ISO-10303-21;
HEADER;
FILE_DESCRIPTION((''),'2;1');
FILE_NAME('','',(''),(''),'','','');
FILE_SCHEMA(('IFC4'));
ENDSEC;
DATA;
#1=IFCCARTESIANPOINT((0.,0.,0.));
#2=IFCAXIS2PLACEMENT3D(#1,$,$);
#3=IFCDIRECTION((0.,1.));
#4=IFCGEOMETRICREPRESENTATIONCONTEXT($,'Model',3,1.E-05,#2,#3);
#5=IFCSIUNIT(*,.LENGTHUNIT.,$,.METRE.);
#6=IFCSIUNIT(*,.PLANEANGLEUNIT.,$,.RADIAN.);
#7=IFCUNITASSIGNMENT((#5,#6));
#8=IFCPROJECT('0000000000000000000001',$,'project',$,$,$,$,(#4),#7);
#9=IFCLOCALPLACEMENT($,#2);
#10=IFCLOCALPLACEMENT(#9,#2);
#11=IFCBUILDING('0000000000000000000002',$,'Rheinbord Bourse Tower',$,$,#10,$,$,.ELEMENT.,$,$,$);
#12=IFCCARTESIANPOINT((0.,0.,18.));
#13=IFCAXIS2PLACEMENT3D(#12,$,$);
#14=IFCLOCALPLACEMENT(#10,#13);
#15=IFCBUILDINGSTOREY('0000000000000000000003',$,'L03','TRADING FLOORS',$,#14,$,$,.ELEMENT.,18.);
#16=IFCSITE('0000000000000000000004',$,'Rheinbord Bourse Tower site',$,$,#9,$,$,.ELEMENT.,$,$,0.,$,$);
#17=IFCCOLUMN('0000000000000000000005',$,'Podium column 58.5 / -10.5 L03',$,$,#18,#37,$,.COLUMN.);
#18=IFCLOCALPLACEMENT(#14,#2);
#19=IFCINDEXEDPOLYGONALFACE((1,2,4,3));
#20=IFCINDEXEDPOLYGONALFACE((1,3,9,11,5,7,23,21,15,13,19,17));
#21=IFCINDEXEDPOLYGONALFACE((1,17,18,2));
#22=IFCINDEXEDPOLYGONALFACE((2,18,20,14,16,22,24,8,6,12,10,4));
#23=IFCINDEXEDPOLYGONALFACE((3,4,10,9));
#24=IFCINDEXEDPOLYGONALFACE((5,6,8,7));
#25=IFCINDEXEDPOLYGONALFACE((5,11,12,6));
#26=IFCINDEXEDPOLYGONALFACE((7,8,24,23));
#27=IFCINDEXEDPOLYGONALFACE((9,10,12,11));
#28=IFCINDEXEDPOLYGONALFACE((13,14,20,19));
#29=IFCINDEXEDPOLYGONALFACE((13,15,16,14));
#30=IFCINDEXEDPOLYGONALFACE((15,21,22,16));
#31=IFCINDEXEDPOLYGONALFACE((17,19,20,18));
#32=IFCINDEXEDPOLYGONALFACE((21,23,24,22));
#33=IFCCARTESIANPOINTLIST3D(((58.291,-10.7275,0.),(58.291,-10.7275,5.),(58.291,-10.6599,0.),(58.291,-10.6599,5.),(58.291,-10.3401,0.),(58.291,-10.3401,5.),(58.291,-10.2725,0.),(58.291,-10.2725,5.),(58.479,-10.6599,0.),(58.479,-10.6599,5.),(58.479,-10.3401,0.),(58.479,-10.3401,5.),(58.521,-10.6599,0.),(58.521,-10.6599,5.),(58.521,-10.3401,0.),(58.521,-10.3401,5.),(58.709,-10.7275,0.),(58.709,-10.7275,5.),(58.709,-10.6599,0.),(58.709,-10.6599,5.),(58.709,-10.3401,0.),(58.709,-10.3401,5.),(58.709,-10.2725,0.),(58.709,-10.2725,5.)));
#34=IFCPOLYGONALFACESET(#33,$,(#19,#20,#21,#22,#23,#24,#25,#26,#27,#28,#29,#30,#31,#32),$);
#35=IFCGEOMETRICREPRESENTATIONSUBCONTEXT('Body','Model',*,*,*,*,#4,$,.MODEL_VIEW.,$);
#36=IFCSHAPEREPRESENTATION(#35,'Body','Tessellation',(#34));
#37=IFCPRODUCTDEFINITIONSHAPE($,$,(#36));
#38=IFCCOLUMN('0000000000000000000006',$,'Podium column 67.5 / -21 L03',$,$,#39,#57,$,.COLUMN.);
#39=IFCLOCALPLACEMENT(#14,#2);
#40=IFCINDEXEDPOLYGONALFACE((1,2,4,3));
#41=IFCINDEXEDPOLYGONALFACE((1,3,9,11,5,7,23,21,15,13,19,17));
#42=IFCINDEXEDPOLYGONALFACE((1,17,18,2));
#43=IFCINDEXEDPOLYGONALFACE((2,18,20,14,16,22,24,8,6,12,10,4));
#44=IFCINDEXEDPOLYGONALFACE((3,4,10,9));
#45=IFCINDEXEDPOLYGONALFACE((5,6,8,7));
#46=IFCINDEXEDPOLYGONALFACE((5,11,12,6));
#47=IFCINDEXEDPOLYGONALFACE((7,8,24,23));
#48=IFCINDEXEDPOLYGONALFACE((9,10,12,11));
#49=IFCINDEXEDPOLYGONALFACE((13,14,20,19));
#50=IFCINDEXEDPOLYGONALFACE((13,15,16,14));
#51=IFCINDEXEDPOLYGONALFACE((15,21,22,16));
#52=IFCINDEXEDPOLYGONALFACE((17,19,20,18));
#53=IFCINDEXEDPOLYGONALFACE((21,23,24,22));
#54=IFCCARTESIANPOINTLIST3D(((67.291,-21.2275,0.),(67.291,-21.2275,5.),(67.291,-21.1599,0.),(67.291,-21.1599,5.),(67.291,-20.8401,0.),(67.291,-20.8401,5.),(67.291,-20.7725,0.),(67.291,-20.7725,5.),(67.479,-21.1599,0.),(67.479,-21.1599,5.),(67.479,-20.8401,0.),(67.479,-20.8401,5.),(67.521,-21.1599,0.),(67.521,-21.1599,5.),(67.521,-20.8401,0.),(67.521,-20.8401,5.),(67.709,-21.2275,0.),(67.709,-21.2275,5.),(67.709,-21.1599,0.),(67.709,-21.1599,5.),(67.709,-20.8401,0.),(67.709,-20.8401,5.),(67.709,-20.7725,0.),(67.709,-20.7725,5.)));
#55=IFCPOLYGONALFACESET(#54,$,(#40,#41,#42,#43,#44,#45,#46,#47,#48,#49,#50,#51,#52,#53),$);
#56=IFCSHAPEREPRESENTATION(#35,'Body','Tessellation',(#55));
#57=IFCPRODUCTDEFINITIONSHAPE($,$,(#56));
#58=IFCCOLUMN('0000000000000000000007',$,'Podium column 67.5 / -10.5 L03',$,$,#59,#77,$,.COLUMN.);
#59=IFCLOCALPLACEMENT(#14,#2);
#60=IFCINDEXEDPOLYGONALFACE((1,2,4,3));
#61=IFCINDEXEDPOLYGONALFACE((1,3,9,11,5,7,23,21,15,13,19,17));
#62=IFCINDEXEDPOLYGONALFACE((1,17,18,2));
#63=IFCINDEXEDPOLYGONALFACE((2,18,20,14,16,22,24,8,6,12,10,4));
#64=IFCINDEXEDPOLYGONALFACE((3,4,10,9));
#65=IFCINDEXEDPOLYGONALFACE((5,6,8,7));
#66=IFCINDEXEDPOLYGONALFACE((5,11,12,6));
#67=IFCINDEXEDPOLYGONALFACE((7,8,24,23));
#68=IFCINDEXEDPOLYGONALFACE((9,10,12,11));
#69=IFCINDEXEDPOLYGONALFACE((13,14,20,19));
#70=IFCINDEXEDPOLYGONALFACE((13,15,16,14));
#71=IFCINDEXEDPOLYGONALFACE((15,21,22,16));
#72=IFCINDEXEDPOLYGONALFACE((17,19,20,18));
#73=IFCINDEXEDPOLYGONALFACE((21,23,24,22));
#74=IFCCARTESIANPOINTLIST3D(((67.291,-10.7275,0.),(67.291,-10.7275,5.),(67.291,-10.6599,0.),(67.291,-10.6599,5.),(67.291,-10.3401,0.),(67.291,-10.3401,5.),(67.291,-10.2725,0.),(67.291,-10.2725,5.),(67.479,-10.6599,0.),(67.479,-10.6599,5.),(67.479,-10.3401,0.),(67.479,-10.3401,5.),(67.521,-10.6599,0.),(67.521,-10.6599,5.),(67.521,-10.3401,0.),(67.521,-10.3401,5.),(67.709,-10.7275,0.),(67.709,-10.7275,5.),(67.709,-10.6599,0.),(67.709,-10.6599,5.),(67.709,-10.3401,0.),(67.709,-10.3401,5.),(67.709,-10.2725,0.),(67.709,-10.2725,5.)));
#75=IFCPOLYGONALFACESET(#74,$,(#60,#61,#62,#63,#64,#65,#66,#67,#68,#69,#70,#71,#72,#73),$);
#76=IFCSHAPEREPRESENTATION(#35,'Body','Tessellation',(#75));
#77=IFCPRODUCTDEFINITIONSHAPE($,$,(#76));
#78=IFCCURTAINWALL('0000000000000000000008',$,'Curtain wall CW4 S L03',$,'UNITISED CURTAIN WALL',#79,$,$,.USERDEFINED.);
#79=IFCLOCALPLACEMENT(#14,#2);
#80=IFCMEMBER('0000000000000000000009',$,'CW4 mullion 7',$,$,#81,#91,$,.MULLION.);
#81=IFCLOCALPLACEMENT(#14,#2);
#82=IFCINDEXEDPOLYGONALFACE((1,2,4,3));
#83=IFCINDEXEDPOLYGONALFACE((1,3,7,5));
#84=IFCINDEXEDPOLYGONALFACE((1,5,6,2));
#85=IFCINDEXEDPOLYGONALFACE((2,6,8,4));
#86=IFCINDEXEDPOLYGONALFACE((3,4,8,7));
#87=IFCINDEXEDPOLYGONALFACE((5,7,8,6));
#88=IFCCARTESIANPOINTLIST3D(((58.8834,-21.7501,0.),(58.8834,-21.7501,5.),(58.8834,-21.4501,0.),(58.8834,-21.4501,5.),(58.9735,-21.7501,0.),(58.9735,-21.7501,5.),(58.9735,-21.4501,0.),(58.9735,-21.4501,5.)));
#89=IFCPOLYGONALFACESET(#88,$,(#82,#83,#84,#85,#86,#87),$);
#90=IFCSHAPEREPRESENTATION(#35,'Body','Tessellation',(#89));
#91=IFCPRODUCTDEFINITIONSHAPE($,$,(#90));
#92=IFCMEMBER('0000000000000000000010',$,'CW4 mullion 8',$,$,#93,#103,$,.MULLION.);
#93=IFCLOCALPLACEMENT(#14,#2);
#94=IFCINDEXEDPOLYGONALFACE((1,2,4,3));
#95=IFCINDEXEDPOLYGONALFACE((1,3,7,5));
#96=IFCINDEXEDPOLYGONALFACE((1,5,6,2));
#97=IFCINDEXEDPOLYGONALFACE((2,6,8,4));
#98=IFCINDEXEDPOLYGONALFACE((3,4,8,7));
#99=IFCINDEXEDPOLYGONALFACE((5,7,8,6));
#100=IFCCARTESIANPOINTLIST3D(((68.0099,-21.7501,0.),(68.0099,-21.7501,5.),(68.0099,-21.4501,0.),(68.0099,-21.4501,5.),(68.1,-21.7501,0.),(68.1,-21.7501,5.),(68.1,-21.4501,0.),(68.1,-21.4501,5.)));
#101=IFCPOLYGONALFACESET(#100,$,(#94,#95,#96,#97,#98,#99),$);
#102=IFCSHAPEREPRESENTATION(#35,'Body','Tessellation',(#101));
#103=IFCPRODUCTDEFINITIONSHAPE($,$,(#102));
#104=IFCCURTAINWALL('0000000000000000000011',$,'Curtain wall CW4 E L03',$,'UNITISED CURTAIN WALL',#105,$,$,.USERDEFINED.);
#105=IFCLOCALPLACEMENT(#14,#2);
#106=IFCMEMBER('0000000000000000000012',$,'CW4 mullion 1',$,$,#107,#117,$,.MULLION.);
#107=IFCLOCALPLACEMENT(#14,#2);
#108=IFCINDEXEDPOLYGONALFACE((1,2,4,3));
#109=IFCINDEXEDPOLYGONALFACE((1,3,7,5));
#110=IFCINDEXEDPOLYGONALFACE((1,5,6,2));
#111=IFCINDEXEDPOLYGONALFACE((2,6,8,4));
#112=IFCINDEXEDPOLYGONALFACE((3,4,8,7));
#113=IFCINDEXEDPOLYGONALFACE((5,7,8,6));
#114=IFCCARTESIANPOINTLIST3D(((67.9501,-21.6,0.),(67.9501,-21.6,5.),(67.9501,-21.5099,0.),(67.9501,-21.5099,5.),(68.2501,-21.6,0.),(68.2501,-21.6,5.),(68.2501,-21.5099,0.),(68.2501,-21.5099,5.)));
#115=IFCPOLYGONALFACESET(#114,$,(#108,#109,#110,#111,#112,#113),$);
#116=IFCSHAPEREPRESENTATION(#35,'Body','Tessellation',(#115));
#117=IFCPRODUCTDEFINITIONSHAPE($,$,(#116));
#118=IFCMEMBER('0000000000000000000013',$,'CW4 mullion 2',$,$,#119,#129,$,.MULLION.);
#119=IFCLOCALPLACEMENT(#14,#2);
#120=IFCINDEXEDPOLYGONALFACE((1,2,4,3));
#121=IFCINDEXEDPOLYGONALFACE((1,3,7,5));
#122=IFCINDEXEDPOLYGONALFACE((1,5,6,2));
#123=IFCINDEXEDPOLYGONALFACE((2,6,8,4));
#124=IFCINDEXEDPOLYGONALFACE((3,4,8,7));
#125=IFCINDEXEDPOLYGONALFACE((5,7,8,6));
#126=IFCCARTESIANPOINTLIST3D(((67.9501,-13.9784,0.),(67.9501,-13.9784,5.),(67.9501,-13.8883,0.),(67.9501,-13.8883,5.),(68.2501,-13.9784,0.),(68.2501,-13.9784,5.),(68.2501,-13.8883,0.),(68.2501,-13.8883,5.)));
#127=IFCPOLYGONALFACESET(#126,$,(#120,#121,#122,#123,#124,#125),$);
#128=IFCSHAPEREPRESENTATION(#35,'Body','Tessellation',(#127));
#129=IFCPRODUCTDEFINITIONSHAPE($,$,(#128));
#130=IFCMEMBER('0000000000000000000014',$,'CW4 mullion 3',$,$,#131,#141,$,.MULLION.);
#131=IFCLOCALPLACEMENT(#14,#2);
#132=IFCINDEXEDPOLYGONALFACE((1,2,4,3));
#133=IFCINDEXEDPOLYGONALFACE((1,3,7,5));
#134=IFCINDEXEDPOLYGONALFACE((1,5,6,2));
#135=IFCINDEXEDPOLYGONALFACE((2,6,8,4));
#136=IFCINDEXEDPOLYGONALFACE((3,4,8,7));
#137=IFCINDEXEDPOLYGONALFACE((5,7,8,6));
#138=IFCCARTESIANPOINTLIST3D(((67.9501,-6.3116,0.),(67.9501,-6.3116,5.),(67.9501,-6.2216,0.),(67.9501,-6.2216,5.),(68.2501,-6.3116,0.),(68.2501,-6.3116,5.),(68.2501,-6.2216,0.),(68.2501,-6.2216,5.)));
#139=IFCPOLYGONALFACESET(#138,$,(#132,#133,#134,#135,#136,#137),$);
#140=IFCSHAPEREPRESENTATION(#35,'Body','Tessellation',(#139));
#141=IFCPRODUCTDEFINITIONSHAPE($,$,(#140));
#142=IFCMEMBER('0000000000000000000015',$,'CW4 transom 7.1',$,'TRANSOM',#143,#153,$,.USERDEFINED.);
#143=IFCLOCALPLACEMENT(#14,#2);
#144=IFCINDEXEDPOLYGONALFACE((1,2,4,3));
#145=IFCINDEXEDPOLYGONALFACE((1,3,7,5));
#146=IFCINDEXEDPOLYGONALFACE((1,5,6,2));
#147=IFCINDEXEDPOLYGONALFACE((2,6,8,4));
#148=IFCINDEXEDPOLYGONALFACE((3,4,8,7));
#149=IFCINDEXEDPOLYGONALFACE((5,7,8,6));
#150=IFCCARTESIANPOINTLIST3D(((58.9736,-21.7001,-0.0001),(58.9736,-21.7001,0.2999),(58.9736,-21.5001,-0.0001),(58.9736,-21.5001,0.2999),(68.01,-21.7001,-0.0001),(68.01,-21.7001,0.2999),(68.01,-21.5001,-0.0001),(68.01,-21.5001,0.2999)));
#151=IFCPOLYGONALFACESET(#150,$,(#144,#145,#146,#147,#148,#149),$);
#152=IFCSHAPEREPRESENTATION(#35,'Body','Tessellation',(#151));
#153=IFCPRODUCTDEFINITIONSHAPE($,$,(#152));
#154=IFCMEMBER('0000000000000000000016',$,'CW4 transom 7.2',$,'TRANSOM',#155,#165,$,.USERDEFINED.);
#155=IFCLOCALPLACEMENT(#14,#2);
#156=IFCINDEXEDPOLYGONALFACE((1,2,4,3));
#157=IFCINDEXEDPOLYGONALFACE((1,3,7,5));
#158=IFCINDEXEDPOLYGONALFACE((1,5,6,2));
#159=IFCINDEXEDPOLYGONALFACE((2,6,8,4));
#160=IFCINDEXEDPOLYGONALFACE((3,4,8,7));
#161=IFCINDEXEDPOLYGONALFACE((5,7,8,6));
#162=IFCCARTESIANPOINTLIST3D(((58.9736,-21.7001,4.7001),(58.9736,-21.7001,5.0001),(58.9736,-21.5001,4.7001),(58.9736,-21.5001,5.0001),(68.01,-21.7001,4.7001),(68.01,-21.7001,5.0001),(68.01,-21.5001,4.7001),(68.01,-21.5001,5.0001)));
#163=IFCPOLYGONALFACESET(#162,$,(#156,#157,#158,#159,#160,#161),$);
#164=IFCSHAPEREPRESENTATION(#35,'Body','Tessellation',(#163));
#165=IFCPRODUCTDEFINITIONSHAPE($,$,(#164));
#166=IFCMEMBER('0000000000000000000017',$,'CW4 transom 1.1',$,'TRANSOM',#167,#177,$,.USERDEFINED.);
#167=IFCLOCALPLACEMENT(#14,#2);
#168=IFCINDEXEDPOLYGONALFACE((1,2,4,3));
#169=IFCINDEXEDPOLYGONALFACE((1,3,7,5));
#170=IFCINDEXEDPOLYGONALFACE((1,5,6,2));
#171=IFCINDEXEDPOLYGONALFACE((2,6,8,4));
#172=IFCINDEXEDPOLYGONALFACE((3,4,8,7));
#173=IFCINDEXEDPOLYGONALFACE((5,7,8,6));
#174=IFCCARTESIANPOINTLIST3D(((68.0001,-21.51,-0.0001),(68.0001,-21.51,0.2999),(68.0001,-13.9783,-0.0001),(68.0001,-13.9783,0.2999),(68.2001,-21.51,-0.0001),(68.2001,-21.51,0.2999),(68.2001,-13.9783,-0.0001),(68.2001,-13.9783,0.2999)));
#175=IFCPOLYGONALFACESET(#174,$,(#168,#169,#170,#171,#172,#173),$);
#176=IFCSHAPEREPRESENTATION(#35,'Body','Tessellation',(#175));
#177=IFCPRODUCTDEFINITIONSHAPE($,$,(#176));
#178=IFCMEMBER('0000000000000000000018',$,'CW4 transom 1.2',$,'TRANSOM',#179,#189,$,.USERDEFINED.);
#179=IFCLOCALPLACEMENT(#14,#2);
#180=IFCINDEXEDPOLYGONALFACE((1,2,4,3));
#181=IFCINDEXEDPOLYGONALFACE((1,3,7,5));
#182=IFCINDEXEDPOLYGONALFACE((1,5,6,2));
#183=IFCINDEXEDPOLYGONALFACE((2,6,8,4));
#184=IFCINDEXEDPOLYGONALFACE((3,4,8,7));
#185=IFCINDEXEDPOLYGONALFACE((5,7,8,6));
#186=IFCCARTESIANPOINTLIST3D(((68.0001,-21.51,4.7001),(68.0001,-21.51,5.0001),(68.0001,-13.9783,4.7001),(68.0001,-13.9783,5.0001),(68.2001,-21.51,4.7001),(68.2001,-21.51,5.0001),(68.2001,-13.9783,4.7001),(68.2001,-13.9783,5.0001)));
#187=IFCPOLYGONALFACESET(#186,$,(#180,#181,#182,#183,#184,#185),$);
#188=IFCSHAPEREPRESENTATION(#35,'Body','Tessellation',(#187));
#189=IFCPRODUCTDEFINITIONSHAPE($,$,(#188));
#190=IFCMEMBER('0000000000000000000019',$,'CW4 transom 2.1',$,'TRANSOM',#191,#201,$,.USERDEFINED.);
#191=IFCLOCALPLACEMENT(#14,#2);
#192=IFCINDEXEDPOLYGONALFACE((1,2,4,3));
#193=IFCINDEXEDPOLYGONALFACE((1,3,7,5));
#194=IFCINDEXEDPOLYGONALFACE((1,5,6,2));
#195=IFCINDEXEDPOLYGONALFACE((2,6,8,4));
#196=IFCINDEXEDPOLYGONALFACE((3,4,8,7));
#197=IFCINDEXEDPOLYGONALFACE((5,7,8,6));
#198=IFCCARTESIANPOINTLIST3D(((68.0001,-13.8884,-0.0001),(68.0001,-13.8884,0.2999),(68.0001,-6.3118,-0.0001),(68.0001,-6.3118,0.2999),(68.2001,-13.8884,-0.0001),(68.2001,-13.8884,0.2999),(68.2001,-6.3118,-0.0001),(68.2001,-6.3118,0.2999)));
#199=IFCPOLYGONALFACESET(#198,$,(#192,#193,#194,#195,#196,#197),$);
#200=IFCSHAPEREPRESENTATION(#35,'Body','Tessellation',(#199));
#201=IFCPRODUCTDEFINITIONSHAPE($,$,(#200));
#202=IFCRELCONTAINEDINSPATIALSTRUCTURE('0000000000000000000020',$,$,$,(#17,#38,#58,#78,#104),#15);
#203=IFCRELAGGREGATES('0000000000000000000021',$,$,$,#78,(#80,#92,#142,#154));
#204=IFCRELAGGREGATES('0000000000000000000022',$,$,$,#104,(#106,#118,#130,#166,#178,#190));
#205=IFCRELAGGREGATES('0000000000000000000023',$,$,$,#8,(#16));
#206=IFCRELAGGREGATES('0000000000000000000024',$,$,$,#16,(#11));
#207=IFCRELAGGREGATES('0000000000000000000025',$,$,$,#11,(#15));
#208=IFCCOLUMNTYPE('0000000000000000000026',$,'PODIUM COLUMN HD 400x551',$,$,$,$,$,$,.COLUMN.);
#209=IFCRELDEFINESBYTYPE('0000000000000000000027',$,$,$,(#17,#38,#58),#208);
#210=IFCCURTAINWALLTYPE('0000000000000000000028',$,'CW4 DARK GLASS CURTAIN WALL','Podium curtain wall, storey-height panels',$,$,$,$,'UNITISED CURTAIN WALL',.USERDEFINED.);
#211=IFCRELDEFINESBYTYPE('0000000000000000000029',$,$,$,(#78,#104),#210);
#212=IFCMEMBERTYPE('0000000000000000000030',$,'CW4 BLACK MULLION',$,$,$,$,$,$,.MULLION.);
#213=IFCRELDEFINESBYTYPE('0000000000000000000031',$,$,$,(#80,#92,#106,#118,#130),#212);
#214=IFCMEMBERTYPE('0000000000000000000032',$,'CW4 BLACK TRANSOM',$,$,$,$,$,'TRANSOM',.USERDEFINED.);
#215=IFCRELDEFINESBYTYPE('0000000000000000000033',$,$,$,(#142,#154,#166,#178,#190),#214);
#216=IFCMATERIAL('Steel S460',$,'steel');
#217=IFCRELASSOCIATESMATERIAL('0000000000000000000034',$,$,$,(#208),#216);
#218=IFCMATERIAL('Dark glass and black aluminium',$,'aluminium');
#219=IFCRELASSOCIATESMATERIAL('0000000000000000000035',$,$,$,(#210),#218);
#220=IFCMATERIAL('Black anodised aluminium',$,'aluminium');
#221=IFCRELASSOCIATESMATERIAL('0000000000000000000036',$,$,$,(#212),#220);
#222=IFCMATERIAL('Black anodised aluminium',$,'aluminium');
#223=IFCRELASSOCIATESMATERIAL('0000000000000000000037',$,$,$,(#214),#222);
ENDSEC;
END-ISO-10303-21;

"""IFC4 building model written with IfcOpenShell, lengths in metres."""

from ifc_helpers import new_model, si_unit, direction, frame, origin, origin_2d, place, context, subcontext, project, spatial, rectangle, i_section, extrude, material, material_profile, profile_set, type_object, element, aggregate, save


model = new_model("IFC4")

# Units and contexts
model_context = context("Model", 3, precision=1e-05, world=origin(), true_north=direction((0.0, 1.0)))
body_context = subcontext(model_context, "Body", "Model", "MODEL_VIEW")
ifc_project = project(units=[si_unit("LENGTHUNIT", "METRE"), si_unit("PLANEANGLEUNIT", "RADIAN")], contexts=[model_context])

# Site, building, storey
site_placement = place(None, origin())
site = spatial("IfcSite", under=ifc_project, at=site_placement, Name="Rheinbord Bourse Tower site", CompositionType="ELEMENT", RefElevation=0.0)
building_placement = place(site_placement, origin())
building = spatial("IfcBuilding", under=site, at=building_placement, Name="Rheinbord Bourse Tower", CompositionType="ELEMENT")
storey_placement = place(building_placement, frame((0.0, 0.0, 18.0)))
storey = spatial("IfcBuildingStorey", under=building, at=storey_placement, Name="L03", Description="TRADING FLOORS", CompositionType="ELEMENT", Elevation=18.0)

# Columns
ifc_material_1 = material(Name="Steel S460", Category="steel")
ifc_material_profile_1 = material_profile(ifc_material_1, i_section(OverallWidth=0.418, OverallDepth=0.4551, WebThickness=0.042, FlangeThickness=0.0676, at=origin_2d()), Name="HD 400x551")
ifc_profile_set_1 = profile_set([ifc_material_profile_1], Name="Steel S460")
column_type = type_object("IfcColumnType", Name="PODIUM COLUMN HD 400x551", PredefinedType="COLUMN", material=ifc_profile_set_1)
for number, where, z_axis, x_axis, name in (
    (1, (58.5, -10.5, 0.0), (0.0, 0.0, 1.0), (1.0, 0.0, 0.0), "Podium column 58.5 / -10.5 L03"),
    (2, (67.5, -21.0, 0.0), (0.0, 0.0, 1.0), (1.0, 0.0, 0.0), "Podium column 67.5 / -21 L03"),
    (3, (67.5, -10.5, 0.0), (0.0, 0.0, 1.0), (1.0, 0.0, 0.0), "Podium column 67.5 / -10.5 L03"),
):
    element("IfcColumn", number, at=place(storey_placement, frame(where, z_axis=z_axis, x_axis=x_axis)), inside=storey, type_object=column_type, Name=name, PredefinedType="COLUMN", context=body_context, shape_type="SweptSolid", body=[
        extrude(i_section(OverallWidth=0.418, OverallDepth=0.4551, WebThickness=0.042, FlangeThickness=0.0676, at=origin_2d()), origin(), (0.0, 0.0, 1.0), 5.0),
    ])

# Curtain walls, members
ifc_material_2 = material(Name="Dark glass and black aluminium", Category="aluminium")
curtain_wall_type = type_object("IfcCurtainWallType", Name="CW4 DARK GLASS CURTAIN WALL", Description="Podium curtain wall, storey-height panels", ElementType="UNITISED CURTAIN WALL", PredefinedType="USERDEFINED", material=ifc_material_2)
curtain_wall_1_placement = place(storey_placement, origin())
curtain_wall_1 = element("IfcCurtainWall", 4, at=curtain_wall_1_placement, inside=storey, type_object=curtain_wall_type, Name="Curtain wall CW4 S L03", ObjectType="UNITISED CURTAIN WALL", PredefinedType="USERDEFINED")
ifc_material_3 = material(Name="Black anodised aluminium", Category="aluminium")
ifc_material_profile_2 = material_profile(ifc_material_3, rectangle(XDim=0.3, YDim=0.0901, at=origin_2d()), Name="CW4 MULLION 90x300")
ifc_profile_set_2 = profile_set([ifc_material_profile_2], Name="Black anodised aluminium")
member_type_1 = type_object("IfcMemberType", Name="CW4 BLACK MULLION", PredefinedType="MULLION", material=ifc_profile_set_2)
member_1_placement = place(storey_placement, frame((58.9285, -21.6001, 0.0), z_axis=(0.0, 0.0, 1.0), x_axis=(0.0, 1.0, 0.0)))
member_1 = element("IfcMember", 5, at=member_1_placement, type_object=member_type_1, Name="CW4 mullion 7", PredefinedType="MULLION", context=body_context, shape_type="SweptSolid", body=[
    extrude(rectangle(XDim=0.3, YDim=0.0901, at=origin_2d()), origin(), (0.0, 0.0, 1.0), 5.0),
])
member_2_placement = place(storey_placement, frame((68.0549, -21.6001, 0.0), z_axis=(0.0, 0.0, 1.0), x_axis=(0.0, 1.0, 0.0)))
member_2 = element("IfcMember", 6, at=member_2_placement, type_object=member_type_1, Name="CW4 mullion 8", PredefinedType="MULLION", context=body_context, shape_type="SweptSolid", body=[
    extrude(rectangle(XDim=0.3, YDim=0.0901, at=origin_2d()), origin(), (0.0, 0.0, 1.0), 5.0),
])
curtain_wall_2_placement = place(storey_placement, origin())
curtain_wall_2 = element("IfcCurtainWall", 7, at=curtain_wall_2_placement, inside=storey, type_object=curtain_wall_type, Name="Curtain wall CW4 E L03", ObjectType="UNITISED CURTAIN WALL", PredefinedType="USERDEFINED")
member_3_placement = place(storey_placement, frame((68.1001, -21.5549, 0.0), z_axis=(0.0, 0.0, 1.0), x_axis=(-1.0, 0.0, 0.0)))
member_3 = element("IfcMember", 8, at=member_3_placement, type_object=member_type_1, Name="CW4 mullion 1", PredefinedType="MULLION", context=body_context, shape_type="SweptSolid", body=[
    extrude(rectangle(XDim=0.3, YDim=0.0901, at=origin_2d()), origin(), (0.0, 0.0, 1.0), 5.0),
])
member_4_placement = place(storey_placement, frame((68.1001, -13.9333, 0.0), z_axis=(0.0, 0.0, 1.0), x_axis=(-1.0, 0.0, 0.0)))
member_4 = element("IfcMember", 9, at=member_4_placement, type_object=member_type_1, Name="CW4 mullion 2", PredefinedType="MULLION", context=body_context, shape_type="SweptSolid", body=[
    extrude(rectangle(XDim=0.3, YDim=0.0901, at=origin_2d()), origin(), (0.0, 0.0, 1.0), 5.0),
])
member_5_placement = place(storey_placement, frame((68.1001, -6.2666, 0.0), z_axis=(0.0, 0.0, 1.0), x_axis=(-1.0, 0.0, 0.0)))
member_5 = element("IfcMember", 10, at=member_5_placement, type_object=member_type_1, Name="CW4 mullion 3", PredefinedType="MULLION", context=body_context, shape_type="SweptSolid", body=[
    extrude(rectangle(XDim=0.3, YDim=0.0901, at=origin_2d()), origin(), (0.0, 0.0, 1.0), 5.0),
])

# Members
ifc_material_4 = material(Name="Black anodised aluminium", Category="aluminium")
ifc_material_profile_3 = material_profile(ifc_material_4, rectangle(XDim=0.2, YDim=0.3, at=origin_2d()), Name="CW4 TRANSOM 300x200")
ifc_profile_set_3 = profile_set([ifc_material_profile_3], Name="Black anodised aluminium")
member_type_2 = type_object("IfcMemberType", Name="CW4 BLACK TRANSOM", ElementType="TRANSOM", PredefinedType="USERDEFINED", material=ifc_profile_set_3)
member_6_placement = place(storey_placement, frame((58.9736, -21.6001, 0.1499), z_axis=(1.0, 0.0, 0.0), x_axis=(0.0, 1.0, 0.0)))
member_6 = element("IfcMember", 11, at=member_6_placement, type_object=member_type_2, Name="CW4 transom 7.1", ObjectType="TRANSOM", PredefinedType="USERDEFINED", context=body_context, shape_type="SweptSolid", body=[
    extrude(rectangle(XDim=0.2, YDim=0.3, at=origin_2d()), origin(), (0.0, 0.0, 1.0), 9.0364),
])
member_7_placement = place(storey_placement, frame((58.9736, -21.6001, 4.8501), z_axis=(1.0, 0.0, 0.0), x_axis=(0.0, 1.0, 0.0)))
member_7 = element("IfcMember", 12, at=member_7_placement, type_object=member_type_2, Name="CW4 transom 7.2", ObjectType="TRANSOM", PredefinedType="USERDEFINED", context=body_context, shape_type="SweptSolid", body=[
    extrude(rectangle(XDim=0.2, YDim=0.3, at=origin_2d()), origin(), (0.0, 0.0, 1.0), 9.0364),
])
member_8_placement = place(storey_placement, frame((68.1001, -21.51, 0.1499), z_axis=(0.0, 1.0, 0.0), x_axis=(-1.0, 0.0, 0.0)))
member_8 = element("IfcMember", 13, at=member_8_placement, type_object=member_type_2, Name="CW4 transom 1.1", ObjectType="TRANSOM", PredefinedType="USERDEFINED", context=body_context, shape_type="SweptSolid", body=[
    extrude(rectangle(XDim=0.2, YDim=0.3, at=origin_2d()), origin(), (0.0, 0.0, 1.0), 7.5317),
])
member_9_placement = place(storey_placement, frame((68.1001, -21.51, 4.8501), z_axis=(0.0, 1.0, 0.0), x_axis=(-1.0, 0.0, 0.0)))
member_9 = element("IfcMember", 14, at=member_9_placement, type_object=member_type_2, Name="CW4 transom 1.2", ObjectType="TRANSOM", PredefinedType="USERDEFINED", context=body_context, shape_type="SweptSolid", body=[
    extrude(rectangle(XDim=0.2, YDim=0.3, at=origin_2d()), origin(), (0.0, 0.0, 1.0), 7.5317),
])
member_10_placement = place(storey_placement, frame((68.1001, -13.8884, 0.1499), z_axis=(0.0, 1.0, 0.0), x_axis=(-1.0, 0.0, 0.0)))
member_10 = element("IfcMember", 15, at=member_10_placement, type_object=member_type_2, Name="CW4 transom 2.1", ObjectType="TRANSOM", PredefinedType="USERDEFINED", context=body_context, shape_type="SweptSolid", body=[
    extrude(rectangle(XDim=0.2, YDim=0.3, at=origin_2d()), origin(), (0.0, 0.0, 1.0), 7.5767),
])

aggregate(curtain_wall_1, [member_1, member_2, member_6, member_7])
aggregate(curtain_wall_2, [member_3, member_4, member_5, member_8, member_9, member_10])

save(model, "model.ifc")
